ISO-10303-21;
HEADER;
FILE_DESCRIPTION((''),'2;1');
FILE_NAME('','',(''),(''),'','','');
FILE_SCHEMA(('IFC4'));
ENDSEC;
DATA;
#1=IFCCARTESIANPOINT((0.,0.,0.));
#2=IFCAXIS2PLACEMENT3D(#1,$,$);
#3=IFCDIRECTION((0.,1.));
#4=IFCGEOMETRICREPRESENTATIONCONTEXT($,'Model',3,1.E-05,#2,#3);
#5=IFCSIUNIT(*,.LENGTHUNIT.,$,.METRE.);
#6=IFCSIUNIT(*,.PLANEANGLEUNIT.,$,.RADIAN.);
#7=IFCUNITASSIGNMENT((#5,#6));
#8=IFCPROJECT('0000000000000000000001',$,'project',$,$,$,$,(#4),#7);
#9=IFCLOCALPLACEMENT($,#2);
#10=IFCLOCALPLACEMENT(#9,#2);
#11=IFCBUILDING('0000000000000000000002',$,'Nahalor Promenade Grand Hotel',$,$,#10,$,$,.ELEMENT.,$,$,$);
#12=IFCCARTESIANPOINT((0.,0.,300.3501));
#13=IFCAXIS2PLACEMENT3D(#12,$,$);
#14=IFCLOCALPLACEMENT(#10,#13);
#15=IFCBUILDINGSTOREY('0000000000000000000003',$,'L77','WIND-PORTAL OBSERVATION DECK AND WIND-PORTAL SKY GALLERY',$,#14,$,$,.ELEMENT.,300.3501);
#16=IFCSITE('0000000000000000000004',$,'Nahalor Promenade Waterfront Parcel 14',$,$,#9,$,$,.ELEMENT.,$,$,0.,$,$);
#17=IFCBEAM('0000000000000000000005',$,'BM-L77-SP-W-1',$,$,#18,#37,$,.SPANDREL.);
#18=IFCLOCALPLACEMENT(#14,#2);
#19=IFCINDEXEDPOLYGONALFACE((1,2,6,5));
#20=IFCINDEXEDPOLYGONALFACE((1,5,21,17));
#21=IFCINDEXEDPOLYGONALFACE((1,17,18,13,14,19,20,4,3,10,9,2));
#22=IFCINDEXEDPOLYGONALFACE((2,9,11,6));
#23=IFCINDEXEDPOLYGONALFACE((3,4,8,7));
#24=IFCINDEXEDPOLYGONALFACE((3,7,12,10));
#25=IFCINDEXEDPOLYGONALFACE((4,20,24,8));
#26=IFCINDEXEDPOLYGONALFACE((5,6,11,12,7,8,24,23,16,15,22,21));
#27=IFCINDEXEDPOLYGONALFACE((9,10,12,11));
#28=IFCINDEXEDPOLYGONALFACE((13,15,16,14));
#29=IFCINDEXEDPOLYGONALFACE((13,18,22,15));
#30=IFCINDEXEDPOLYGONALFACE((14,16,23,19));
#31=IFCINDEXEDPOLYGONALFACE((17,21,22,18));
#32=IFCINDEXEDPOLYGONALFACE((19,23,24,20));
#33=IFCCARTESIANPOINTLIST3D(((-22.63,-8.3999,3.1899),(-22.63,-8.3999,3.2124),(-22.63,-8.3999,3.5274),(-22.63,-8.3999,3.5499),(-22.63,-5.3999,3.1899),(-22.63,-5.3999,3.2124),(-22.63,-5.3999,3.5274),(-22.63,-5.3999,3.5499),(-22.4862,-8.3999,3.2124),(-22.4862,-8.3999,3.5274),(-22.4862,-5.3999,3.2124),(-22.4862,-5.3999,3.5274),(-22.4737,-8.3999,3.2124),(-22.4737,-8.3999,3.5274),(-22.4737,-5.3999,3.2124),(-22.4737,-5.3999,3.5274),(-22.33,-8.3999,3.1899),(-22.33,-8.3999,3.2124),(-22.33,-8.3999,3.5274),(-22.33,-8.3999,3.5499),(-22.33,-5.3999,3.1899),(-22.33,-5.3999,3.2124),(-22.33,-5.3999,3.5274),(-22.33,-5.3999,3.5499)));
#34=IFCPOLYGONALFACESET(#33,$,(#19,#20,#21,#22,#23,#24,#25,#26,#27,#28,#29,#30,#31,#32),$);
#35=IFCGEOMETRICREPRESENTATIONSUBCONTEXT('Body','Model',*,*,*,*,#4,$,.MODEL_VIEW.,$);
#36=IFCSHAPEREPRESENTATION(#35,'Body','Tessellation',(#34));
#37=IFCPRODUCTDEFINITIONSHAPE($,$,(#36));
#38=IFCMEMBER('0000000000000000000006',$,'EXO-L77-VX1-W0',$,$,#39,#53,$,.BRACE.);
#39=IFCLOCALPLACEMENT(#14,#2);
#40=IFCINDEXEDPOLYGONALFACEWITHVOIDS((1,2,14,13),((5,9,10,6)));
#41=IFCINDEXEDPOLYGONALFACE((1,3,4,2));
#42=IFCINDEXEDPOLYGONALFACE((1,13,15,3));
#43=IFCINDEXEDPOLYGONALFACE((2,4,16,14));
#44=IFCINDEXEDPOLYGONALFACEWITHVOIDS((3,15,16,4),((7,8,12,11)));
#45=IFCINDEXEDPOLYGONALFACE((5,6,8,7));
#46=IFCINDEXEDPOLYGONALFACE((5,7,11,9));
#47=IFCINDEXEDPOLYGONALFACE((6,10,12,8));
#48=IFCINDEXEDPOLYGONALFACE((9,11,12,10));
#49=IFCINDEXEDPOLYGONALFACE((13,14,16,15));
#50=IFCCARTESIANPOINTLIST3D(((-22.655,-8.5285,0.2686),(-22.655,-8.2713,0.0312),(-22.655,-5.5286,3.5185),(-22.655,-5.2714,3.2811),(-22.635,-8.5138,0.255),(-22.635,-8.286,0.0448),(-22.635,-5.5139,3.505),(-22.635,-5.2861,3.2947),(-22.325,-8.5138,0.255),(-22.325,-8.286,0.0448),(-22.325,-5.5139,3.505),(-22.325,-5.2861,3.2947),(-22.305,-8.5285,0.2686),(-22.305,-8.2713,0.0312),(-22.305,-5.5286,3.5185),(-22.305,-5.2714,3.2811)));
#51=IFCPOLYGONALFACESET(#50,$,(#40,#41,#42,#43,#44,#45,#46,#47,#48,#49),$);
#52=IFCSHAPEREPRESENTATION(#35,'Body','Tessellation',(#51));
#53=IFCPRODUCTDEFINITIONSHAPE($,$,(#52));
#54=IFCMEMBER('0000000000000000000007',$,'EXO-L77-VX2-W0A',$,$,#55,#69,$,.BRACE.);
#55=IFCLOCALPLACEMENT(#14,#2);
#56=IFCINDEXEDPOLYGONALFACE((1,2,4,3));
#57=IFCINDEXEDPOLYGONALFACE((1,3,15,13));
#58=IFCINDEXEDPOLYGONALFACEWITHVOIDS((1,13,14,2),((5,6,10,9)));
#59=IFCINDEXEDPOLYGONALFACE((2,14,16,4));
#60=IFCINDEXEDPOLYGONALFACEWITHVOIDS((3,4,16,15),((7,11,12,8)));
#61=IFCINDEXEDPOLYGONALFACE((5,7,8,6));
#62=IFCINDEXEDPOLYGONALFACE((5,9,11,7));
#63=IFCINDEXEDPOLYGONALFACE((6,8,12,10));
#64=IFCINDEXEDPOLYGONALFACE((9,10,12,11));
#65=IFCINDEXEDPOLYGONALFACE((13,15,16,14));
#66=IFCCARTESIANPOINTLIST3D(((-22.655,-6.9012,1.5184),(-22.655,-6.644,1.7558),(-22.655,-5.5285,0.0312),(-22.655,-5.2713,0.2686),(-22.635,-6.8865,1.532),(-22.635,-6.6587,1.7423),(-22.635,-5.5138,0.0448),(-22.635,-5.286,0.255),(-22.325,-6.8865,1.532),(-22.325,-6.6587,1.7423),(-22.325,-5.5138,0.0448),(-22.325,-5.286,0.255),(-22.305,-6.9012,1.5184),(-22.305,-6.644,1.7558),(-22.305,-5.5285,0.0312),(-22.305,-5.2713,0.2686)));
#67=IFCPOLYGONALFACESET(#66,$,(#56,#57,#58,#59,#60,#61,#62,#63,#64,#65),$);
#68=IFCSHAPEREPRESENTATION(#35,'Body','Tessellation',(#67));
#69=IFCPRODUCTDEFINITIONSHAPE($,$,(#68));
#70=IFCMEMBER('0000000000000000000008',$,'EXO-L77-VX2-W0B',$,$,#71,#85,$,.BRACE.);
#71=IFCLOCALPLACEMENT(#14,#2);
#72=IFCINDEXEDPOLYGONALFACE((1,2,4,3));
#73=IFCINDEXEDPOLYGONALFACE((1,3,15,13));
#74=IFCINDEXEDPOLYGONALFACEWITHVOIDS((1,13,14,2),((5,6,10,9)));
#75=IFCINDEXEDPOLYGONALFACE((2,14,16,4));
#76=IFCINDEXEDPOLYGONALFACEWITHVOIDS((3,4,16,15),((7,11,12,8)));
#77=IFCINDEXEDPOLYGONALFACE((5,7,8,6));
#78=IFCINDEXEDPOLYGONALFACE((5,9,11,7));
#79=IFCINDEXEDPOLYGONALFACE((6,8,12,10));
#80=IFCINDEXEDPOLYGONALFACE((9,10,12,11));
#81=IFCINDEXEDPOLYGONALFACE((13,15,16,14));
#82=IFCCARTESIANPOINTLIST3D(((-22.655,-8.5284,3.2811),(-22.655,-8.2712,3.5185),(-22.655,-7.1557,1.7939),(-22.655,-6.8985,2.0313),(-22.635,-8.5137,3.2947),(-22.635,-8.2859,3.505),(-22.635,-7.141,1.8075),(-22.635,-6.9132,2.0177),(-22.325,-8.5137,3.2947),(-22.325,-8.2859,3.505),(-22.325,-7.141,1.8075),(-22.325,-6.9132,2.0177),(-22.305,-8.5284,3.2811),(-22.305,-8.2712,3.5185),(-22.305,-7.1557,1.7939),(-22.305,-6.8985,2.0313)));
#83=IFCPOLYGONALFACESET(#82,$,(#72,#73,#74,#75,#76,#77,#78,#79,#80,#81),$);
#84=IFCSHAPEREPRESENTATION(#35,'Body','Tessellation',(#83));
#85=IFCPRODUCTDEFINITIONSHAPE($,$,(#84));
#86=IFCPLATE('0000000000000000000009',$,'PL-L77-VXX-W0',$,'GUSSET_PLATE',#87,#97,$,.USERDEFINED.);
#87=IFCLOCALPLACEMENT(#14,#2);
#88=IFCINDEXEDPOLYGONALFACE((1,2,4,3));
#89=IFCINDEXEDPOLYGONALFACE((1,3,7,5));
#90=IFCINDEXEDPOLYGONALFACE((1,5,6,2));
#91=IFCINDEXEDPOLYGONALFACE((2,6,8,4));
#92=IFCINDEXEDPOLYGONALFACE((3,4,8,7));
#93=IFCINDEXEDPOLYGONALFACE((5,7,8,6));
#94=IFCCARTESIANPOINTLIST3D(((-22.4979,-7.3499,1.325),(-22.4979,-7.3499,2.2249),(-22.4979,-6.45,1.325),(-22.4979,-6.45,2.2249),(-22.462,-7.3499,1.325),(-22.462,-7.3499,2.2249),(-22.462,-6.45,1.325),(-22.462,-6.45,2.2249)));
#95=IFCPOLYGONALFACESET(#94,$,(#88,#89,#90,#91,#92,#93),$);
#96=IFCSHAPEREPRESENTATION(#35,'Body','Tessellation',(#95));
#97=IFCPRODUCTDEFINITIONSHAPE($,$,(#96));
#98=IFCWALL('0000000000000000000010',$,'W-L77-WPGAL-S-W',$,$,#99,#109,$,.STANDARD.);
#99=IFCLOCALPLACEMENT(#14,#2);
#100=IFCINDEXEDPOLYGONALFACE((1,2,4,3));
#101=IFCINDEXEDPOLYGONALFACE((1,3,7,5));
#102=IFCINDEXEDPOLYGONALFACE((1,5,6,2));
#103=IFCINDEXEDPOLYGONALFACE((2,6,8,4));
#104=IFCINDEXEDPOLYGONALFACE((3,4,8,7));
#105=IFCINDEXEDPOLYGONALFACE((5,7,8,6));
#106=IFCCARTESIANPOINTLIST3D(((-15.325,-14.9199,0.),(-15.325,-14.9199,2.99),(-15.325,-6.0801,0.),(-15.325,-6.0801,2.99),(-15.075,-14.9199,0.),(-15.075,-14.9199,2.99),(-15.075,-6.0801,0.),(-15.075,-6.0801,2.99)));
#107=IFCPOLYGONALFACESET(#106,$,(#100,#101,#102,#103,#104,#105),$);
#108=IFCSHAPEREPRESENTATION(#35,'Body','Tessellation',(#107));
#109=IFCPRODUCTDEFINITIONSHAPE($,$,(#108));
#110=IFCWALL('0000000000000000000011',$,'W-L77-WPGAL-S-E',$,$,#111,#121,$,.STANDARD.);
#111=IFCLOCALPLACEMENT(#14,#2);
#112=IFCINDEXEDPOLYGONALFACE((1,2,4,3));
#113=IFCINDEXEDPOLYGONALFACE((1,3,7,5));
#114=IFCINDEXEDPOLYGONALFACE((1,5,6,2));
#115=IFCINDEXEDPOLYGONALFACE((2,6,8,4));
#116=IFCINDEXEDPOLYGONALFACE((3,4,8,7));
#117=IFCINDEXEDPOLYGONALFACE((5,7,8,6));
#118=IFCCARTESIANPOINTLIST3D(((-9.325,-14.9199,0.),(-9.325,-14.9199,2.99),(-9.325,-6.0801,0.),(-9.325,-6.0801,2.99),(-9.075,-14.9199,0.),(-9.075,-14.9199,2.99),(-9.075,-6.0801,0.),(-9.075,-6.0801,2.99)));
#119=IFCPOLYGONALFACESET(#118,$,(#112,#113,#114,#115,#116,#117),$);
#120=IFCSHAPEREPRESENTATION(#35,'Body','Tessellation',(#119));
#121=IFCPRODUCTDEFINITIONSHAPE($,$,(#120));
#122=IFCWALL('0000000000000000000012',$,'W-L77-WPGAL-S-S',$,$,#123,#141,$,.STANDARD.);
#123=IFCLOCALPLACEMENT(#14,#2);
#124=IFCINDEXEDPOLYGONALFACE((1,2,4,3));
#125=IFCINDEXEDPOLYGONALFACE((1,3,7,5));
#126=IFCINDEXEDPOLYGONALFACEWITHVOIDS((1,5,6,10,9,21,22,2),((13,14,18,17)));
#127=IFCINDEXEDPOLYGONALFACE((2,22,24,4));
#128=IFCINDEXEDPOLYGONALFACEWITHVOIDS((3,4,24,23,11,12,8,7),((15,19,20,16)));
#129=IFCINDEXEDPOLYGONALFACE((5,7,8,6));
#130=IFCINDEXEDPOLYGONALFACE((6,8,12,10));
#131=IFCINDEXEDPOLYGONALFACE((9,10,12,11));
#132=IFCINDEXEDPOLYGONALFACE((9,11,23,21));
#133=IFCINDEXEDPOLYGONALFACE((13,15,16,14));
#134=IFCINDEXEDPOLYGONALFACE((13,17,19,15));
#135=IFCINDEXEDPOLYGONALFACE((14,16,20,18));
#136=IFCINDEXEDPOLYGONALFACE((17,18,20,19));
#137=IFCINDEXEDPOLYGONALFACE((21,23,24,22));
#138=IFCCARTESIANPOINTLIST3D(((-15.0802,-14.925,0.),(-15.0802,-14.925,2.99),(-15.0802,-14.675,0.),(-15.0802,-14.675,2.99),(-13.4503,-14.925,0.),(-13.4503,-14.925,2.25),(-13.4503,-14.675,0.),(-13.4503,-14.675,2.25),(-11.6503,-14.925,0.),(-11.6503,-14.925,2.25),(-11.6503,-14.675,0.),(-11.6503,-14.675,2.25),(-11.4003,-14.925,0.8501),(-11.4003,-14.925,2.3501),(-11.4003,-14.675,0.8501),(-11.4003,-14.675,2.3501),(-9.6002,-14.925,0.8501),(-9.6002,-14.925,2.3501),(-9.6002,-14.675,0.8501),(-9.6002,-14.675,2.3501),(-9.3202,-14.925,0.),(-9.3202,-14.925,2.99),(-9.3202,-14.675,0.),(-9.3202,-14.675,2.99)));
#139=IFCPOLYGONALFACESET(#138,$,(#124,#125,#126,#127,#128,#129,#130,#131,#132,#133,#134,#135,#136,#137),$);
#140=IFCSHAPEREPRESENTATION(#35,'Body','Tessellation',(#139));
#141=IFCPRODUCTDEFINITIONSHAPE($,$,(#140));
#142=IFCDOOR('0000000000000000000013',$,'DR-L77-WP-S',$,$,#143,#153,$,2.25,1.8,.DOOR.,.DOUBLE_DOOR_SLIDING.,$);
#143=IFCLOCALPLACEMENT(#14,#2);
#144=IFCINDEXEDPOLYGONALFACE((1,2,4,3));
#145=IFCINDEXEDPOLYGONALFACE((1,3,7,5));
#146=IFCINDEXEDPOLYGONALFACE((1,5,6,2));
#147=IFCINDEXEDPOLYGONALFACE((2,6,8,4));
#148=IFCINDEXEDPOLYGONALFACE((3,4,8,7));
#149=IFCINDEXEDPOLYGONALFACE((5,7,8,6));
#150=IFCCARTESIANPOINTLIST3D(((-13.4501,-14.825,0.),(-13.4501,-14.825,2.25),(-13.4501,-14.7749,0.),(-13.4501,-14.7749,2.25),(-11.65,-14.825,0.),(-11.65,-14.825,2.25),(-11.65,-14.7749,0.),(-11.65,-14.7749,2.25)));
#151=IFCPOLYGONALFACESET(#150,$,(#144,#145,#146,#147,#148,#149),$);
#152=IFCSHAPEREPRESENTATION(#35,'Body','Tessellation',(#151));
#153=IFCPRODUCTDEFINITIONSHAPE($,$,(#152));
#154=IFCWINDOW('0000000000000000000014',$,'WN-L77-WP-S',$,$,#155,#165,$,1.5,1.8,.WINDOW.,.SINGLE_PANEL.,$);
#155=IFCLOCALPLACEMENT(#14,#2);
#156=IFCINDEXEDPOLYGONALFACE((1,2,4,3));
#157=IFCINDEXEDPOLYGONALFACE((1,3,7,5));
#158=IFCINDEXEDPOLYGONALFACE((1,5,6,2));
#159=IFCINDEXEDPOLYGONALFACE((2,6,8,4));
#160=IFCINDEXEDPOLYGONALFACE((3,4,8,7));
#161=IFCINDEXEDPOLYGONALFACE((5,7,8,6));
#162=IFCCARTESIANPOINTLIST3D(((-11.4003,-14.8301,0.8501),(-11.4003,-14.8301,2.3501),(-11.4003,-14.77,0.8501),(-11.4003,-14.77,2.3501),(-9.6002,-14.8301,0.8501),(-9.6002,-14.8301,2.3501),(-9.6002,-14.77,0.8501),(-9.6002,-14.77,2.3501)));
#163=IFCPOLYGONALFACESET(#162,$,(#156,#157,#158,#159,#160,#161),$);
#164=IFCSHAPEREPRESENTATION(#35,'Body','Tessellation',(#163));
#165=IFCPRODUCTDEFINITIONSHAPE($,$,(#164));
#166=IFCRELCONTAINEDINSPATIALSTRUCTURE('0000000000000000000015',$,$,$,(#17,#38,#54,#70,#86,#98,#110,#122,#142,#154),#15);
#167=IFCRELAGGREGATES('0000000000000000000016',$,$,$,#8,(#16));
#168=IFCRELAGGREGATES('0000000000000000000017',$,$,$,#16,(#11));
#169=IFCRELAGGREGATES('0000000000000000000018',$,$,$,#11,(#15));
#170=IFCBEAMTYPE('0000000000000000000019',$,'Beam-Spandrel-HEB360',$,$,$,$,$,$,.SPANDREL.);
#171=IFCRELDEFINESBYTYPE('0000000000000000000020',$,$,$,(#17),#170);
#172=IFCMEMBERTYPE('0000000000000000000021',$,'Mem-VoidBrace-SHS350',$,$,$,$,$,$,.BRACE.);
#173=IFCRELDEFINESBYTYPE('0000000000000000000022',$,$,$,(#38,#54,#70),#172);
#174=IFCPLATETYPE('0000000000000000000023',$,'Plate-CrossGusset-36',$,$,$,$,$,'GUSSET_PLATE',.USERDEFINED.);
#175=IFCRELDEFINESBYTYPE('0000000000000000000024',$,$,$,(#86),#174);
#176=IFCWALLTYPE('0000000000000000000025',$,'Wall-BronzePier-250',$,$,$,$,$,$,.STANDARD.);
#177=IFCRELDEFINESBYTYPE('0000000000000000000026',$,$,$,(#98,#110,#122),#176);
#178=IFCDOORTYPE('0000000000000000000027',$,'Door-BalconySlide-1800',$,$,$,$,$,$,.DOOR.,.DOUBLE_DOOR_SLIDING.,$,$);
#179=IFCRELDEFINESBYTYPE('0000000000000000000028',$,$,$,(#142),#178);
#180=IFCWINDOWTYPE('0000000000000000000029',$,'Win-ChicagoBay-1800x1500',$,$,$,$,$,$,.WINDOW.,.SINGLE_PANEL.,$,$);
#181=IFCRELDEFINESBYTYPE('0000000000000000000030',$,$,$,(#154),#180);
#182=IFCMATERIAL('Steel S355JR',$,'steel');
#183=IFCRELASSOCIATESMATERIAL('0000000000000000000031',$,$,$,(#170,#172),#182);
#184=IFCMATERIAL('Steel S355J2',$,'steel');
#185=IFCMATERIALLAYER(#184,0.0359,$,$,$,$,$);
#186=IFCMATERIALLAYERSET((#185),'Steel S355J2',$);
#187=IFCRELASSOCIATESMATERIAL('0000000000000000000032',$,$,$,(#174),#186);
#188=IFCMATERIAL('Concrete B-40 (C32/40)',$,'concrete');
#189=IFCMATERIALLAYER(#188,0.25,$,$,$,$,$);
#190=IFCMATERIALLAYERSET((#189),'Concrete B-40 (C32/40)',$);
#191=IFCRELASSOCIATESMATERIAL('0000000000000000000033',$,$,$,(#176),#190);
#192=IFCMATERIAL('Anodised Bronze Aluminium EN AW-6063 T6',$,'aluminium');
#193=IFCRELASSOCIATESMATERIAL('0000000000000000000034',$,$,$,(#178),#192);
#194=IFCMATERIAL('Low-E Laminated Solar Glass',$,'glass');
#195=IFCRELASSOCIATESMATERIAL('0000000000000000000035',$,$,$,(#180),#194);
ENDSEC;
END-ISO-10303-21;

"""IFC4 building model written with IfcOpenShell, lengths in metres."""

from ifc_helpers import new_model, si_unit, direction, frame, frame_2d, origin, origin_2d, place, context, subcontext, project, spatial, rectangle, hollow_rectangle, i_section, extrude, source, transform, mapped, material, layer, layer_set, material_profile, profile_set, type_object, element, fill, save


model = new_model("IFC4")

# Units and contexts
model_context = context("Model", 3, precision=1e-05, world=origin(), true_north=direction((0.0, 1.0)))
body_context = subcontext(model_context, "Body", "Model", "MODEL_VIEW")
ifc_project = project(units=[si_unit("LENGTHUNIT", "METRE"), si_unit("PLANEANGLEUNIT", "RADIAN")], contexts=[model_context])

# Site, building, storey
site_placement = place(None, origin())
site = spatial("IfcSite", under=ifc_project, at=site_placement, Name="Nahalor Promenade Waterfront Parcel 14", CompositionType="ELEMENT", RefElevation=0.0)
building_placement = place(site_placement, origin())
building = spatial("IfcBuilding", under=site, at=building_placement, Name="Nahalor Promenade Grand Hotel", CompositionType="ELEMENT")
storey_placement = place(building_placement, frame((0.0, 0.0, 300.3501)))
storey = spatial("IfcBuildingStorey", under=building, at=storey_placement, Name="L77", Description="WIND-PORTAL OBSERVATION DECK AND WIND-PORTAL SKY GALLERY", CompositionType="ELEMENT", Elevation=300.3501)

# Shared definitions
ifc_material_1 = material(Name="Steel S355JR", Category="steel")

# Beam
ifc_material_profile_1 = material_profile(ifc_material_1, i_section(OverallWidth=0.3, OverallDepth=0.36, WebThickness=0.0125, FlangeThickness=0.0225, at=origin_2d()), Name="HEB 360")
ifc_profile_set_1 = profile_set([ifc_material_profile_1], Name="Steel S355JR")
beam_type_1 = type_object("IfcBeamType", Name="Beam-Spandrel-HEB360", PredefinedType="SPANDREL", material=ifc_profile_set_1)
shared_shape_1 = source(origin(), body_context, "Body", "SweptSolid", [
    extrude(i_section(OverallWidth=0.3, OverallDepth=0.36, WebThickness=0.0125, FlangeThickness=0.0225, at=origin_2d()), origin(), (0.0, 0.0, 1.0), 3.0),
])
beam_1_placement = place(storey_placement, frame((-22.48, -8.3999, 3.3699), z_axis=(0.0, 1.0, 0.0), x_axis=(-1.0, 0.0, 0.0)))
element("IfcBeam", 1, at=beam_1_placement, inside=storey, type_object=beam_type_1, Name="BM-L77-SP-W-1", PredefinedType="SPANDREL", context=body_context, shape_type="MappedRepresentation", body=[
    mapped(shared_shape_1, transform((0.0, 0.0, 0.0), scale=1.0)),
])

# Members
ifc_material_profile_2 = material_profile(ifc_material_1, hollow_rectangle(XDim=0.35, YDim=0.35, WallThickness=0.02, at=origin_2d()), Name="SHS 350x350x20")
ifc_profile_set_2 = profile_set([ifc_material_profile_2], Name="Steel S355JR")
member_type = type_object("IfcMemberType", Name="Mem-VoidBrace-SHS350", PredefinedType="BRACE", material=ifc_profile_set_2)
shared_shape_2 = source(origin(), body_context, "Body", "SweptSolid", [
    extrude(hollow_rectangle(XDim=0.35, YDim=0.35, WallThickness=0.02, at=origin_2d()), origin(), (0.0, 0.0, 1.0), 4.4229),
])
member_placement = place(storey_placement, frame((-22.48, -8.3999, 0.1499), z_axis=(0.0, 0.67828, 0.734803), x_axis=(-1.0, 0.0, 0.0)))
element("IfcMember", 2, at=member_placement, inside=storey, type_object=member_type, Name="EXO-L77-VX1-W0", PredefinedType="BRACE", context=body_context, shape_type="MappedRepresentation", body=[
    mapped(shared_shape_2, transform((0.0, 0.0, 0.0), scale=1.0)),
])
shared_shape_3 = source(origin(), body_context, "Body", "SweptSolid", [
    extrude(hollow_rectangle(XDim=0.35, YDim=0.35, WallThickness=0.02, at=origin_2d()), origin(), (0.0, 0.0, 1.0), 2.0239),
])
for number, where, z_axis, x_axis, name in (
    (3, (-22.48, -5.3999, 0.1499), (0.0, -0.678255, 0.734827), (1.0, 0.0, 0.0), "EXO-L77-VX2-W0A"),
    (4, (-22.48, -7.0271, 1.9126), (0.0, -0.678255, 0.734827), (1.0, 0.0, 0.0), "EXO-L77-VX2-W0B"),
):
    element("IfcMember", number, at=place(storey_placement, frame(where, z_axis=z_axis, x_axis=x_axis)), inside=storey, type_object=member_type, Name=name, PredefinedType="BRACE", context=body_context, shape_type="MappedRepresentation", body=[
        mapped(shared_shape_3, transform((0.0, 0.0, 0.0), scale=1.0)),
    ])

# Plate
ifc_material_2 = material(Name="Steel S355J2", Category="steel")
ifc_layer_1 = layer(ifc_material_2, 0.0359)
ifc_layer_set_1 = layer_set([ifc_layer_1], Name="Steel S355J2")
plate_type = type_object("IfcPlateType", Name="Plate-CrossGusset-36", ElementType="GUSSET_PLATE", PredefinedType="USERDEFINED", material=ifc_layer_set_1)
shared_shape_4 = source(origin(), body_context, "Body", "SweptSolid", [
    extrude(rectangle(XDim=0.8999, YDim=0.0359, at=origin_2d()), origin(), (0.0, 0.0, 1.0), 0.8999),
])
plate_placement = place(storey_placement, frame((-22.48, -6.8999, 1.325), z_axis=(0.0, 0.0, 1.0), x_axis=(0.0, 1.0, 0.0)))
element("IfcPlate", 5, at=plate_placement, inside=storey, type_object=plate_type, Name="PL-L77-VXX-W0", ObjectType="GUSSET_PLATE", PredefinedType="USERDEFINED", context=body_context, shape_type="MappedRepresentation", body=[
    mapped(shared_shape_4, transform((0.0, 0.0, 0.0), scale=1.0)),
])

# Walls
ifc_material_3 = material(Name="Concrete B-40 (C32/40)", Category="concrete")
ifc_layer_2 = layer(ifc_material_3, 0.25)
ifc_layer_set_2 = layer_set([ifc_layer_2], Name="Concrete B-40 (C32/40)")
wall_type_1 = type_object("IfcWallType", Name="Wall-BronzePier-250", PredefinedType="STANDARD", material=ifc_layer_set_2)
shared_shape_5 = source(origin(), body_context, "Body", "SweptSolid", [
    extrude(rectangle(XDim=8.8398, YDim=0.25, at=frame_2d((4.4199, 0.0))), origin(), (0.0, 0.0, 1.0), 2.99),
])
for number, where, z_axis, x_axis, name in (
    (6, (-15.2, -14.9199, 0.0), (0.0, 0.0, 1.0), (0.0, 1.0, 0.0), "W-L77-WPGAL-S-W"),
    (7, (-9.2, -14.9199, 0.0), (0.0, 0.0, 1.0), (0.0, 1.0, 0.0), "W-L77-WPGAL-S-E"),
):
    element("IfcWall", number, at=place(storey_placement, frame(where, z_axis=z_axis, x_axis=x_axis)), inside=storey, type_object=wall_type_1, Name=name, PredefinedType="STANDARD", context=body_context, shape_type="MappedRepresentation", body=[
        mapped(shared_shape_5, transform((0.0, 0.0, 0.0), scale=1.0)),
    ])

# Wall, openings, door, window
shared_shape_6 = source(origin(), body_context, "Body", "SweptSolid", [
    extrude(rectangle(XDim=5.76, YDim=0.25, at=frame_2d((2.8799, 0.0))), origin(), (0.0, 0.0, 1.0), 2.99),
])
wall_1_placement = place(storey_placement, frame((-15.0801, -14.8, 0.0), z_axis=(0.0, 0.0, 1.0), x_axis=(1.0, 0.0, 0.0)))
wall_1 = element("IfcWall", 8, at=wall_1_placement, inside=storey, type_object=wall_type_1, Name="W-L77-WPGAL-S-S", PredefinedType="STANDARD", context=body_context, shape_type="MappedRepresentation", body=[
    mapped(shared_shape_6, transform((0.0, 0.0, 0.0), scale=1.0)),
])
opening_1_placement = place(wall_1_placement, frame((1.6299, 0.0, 0.0)))
opening_1 = element("IfcOpeningElement", 9, at=opening_1_placement, cuts=wall_1, PredefinedType="OPENING", context=body_context, shape_type="SweptSolid", body=[
    extrude(rectangle(XDim=1.8, YDim=2.25, at=frame_2d((0.8999, 1.125))), frame((0.0, 0.135, 0.0), z_axis=(0.0, -1.0, 0.0), x_axis=(1.0, 0.0, 0.0)), (0.0, 0.0, 1.0), 0.27),
])
opening_2_placement = place(wall_1_placement, frame((3.6799, 0.0, 0.8501)))
opening_2 = element("IfcOpeningElement", 10, at=opening_2_placement, cuts=wall_1, PredefinedType="OPENING", context=body_context, shape_type="SweptSolid", body=[
    extrude(rectangle(XDim=1.8, YDim=1.5, at=frame_2d((0.8999, 0.75))), frame((0.0, 0.135, 0.0), z_axis=(0.0, -1.0, 0.0), x_axis=(1.0, 0.0, 0.0)), (0.0, 0.0, 1.0), 0.27),
])
ifc_material_4 = material(Name="Anodised Bronze Aluminium EN AW-6063 T6", Category="aluminium")
door_type_1 = type_object("IfcDoorType", Name="Door-BalconySlide-1800", OperationType="DOUBLE_DOOR_SLIDING", PredefinedType="DOOR", material=ifc_material_4)
shared_shape_7 = source(origin(), body_context, "Body", "SweptSolid", [
    extrude(rectangle(XDim=1.8, YDim=2.25, at=frame_2d((0.8999, 1.125))), frame((0.0, 0.0249, 0.0), z_axis=(0.0, -1.0, 0.0), x_axis=(1.0, 0.0, 0.0)), (0.0, 0.0, 1.0), 0.05),
])
door_1_placement = place(opening_1_placement, frame((1.8, 0.0, 0.0), z_axis=(0.0, 0.0, 1.0), x_axis=(-1.0, 0.0, 0.0)))
door_1 = element("IfcDoor", 11, at=door_1_placement, inside=storey, type_object=door_type_1, Name="DR-L77-WP-S", OperationType="DOUBLE_DOOR_SLIDING", OverallHeight=2.25, OverallWidth=1.8, PredefinedType="DOOR", context=body_context, shape_type="MappedRepresentation", body=[
    mapped(shared_shape_7, transform((0.0, 0.0, 0.0), scale=1.0)),
])
fill(opening_1, door_1)
ifc_material_5 = material(Name="Low-E Laminated Solar Glass", Category="glass")
window_type = type_object("IfcWindowType", Name="Win-ChicagoBay-1800x1500", PartitioningType="SINGLE_PANEL", PredefinedType="WINDOW", material=ifc_material_5)
shared_shape_8 = source(origin(), body_context, "Body", "SweptSolid", [
    extrude(rectangle(XDim=1.8, YDim=1.5, at=frame_2d((0.8999, 0.75))), frame((0.0, 0.03, 0.0), z_axis=(0.0, -1.0, 0.0), x_axis=(1.0, 0.0, 0.0)), (0.0, 0.0, 1.0), 0.0601),
])
window_placement = place(opening_2_placement, origin())
window = element("IfcWindow", 12, at=window_placement, inside=storey, type_object=window_type, Name="WN-L77-WP-S", OverallHeight=1.5, OverallWidth=1.8, PartitioningType="SINGLE_PANEL", PredefinedType="WINDOW", context=body_context, shape_type="MappedRepresentation", body=[
    mapped(shared_shape_8, transform((0.0, 0.0, 0.0), scale=1.0)),
])
fill(opening_2, window)

save(model, "model.ifc")
